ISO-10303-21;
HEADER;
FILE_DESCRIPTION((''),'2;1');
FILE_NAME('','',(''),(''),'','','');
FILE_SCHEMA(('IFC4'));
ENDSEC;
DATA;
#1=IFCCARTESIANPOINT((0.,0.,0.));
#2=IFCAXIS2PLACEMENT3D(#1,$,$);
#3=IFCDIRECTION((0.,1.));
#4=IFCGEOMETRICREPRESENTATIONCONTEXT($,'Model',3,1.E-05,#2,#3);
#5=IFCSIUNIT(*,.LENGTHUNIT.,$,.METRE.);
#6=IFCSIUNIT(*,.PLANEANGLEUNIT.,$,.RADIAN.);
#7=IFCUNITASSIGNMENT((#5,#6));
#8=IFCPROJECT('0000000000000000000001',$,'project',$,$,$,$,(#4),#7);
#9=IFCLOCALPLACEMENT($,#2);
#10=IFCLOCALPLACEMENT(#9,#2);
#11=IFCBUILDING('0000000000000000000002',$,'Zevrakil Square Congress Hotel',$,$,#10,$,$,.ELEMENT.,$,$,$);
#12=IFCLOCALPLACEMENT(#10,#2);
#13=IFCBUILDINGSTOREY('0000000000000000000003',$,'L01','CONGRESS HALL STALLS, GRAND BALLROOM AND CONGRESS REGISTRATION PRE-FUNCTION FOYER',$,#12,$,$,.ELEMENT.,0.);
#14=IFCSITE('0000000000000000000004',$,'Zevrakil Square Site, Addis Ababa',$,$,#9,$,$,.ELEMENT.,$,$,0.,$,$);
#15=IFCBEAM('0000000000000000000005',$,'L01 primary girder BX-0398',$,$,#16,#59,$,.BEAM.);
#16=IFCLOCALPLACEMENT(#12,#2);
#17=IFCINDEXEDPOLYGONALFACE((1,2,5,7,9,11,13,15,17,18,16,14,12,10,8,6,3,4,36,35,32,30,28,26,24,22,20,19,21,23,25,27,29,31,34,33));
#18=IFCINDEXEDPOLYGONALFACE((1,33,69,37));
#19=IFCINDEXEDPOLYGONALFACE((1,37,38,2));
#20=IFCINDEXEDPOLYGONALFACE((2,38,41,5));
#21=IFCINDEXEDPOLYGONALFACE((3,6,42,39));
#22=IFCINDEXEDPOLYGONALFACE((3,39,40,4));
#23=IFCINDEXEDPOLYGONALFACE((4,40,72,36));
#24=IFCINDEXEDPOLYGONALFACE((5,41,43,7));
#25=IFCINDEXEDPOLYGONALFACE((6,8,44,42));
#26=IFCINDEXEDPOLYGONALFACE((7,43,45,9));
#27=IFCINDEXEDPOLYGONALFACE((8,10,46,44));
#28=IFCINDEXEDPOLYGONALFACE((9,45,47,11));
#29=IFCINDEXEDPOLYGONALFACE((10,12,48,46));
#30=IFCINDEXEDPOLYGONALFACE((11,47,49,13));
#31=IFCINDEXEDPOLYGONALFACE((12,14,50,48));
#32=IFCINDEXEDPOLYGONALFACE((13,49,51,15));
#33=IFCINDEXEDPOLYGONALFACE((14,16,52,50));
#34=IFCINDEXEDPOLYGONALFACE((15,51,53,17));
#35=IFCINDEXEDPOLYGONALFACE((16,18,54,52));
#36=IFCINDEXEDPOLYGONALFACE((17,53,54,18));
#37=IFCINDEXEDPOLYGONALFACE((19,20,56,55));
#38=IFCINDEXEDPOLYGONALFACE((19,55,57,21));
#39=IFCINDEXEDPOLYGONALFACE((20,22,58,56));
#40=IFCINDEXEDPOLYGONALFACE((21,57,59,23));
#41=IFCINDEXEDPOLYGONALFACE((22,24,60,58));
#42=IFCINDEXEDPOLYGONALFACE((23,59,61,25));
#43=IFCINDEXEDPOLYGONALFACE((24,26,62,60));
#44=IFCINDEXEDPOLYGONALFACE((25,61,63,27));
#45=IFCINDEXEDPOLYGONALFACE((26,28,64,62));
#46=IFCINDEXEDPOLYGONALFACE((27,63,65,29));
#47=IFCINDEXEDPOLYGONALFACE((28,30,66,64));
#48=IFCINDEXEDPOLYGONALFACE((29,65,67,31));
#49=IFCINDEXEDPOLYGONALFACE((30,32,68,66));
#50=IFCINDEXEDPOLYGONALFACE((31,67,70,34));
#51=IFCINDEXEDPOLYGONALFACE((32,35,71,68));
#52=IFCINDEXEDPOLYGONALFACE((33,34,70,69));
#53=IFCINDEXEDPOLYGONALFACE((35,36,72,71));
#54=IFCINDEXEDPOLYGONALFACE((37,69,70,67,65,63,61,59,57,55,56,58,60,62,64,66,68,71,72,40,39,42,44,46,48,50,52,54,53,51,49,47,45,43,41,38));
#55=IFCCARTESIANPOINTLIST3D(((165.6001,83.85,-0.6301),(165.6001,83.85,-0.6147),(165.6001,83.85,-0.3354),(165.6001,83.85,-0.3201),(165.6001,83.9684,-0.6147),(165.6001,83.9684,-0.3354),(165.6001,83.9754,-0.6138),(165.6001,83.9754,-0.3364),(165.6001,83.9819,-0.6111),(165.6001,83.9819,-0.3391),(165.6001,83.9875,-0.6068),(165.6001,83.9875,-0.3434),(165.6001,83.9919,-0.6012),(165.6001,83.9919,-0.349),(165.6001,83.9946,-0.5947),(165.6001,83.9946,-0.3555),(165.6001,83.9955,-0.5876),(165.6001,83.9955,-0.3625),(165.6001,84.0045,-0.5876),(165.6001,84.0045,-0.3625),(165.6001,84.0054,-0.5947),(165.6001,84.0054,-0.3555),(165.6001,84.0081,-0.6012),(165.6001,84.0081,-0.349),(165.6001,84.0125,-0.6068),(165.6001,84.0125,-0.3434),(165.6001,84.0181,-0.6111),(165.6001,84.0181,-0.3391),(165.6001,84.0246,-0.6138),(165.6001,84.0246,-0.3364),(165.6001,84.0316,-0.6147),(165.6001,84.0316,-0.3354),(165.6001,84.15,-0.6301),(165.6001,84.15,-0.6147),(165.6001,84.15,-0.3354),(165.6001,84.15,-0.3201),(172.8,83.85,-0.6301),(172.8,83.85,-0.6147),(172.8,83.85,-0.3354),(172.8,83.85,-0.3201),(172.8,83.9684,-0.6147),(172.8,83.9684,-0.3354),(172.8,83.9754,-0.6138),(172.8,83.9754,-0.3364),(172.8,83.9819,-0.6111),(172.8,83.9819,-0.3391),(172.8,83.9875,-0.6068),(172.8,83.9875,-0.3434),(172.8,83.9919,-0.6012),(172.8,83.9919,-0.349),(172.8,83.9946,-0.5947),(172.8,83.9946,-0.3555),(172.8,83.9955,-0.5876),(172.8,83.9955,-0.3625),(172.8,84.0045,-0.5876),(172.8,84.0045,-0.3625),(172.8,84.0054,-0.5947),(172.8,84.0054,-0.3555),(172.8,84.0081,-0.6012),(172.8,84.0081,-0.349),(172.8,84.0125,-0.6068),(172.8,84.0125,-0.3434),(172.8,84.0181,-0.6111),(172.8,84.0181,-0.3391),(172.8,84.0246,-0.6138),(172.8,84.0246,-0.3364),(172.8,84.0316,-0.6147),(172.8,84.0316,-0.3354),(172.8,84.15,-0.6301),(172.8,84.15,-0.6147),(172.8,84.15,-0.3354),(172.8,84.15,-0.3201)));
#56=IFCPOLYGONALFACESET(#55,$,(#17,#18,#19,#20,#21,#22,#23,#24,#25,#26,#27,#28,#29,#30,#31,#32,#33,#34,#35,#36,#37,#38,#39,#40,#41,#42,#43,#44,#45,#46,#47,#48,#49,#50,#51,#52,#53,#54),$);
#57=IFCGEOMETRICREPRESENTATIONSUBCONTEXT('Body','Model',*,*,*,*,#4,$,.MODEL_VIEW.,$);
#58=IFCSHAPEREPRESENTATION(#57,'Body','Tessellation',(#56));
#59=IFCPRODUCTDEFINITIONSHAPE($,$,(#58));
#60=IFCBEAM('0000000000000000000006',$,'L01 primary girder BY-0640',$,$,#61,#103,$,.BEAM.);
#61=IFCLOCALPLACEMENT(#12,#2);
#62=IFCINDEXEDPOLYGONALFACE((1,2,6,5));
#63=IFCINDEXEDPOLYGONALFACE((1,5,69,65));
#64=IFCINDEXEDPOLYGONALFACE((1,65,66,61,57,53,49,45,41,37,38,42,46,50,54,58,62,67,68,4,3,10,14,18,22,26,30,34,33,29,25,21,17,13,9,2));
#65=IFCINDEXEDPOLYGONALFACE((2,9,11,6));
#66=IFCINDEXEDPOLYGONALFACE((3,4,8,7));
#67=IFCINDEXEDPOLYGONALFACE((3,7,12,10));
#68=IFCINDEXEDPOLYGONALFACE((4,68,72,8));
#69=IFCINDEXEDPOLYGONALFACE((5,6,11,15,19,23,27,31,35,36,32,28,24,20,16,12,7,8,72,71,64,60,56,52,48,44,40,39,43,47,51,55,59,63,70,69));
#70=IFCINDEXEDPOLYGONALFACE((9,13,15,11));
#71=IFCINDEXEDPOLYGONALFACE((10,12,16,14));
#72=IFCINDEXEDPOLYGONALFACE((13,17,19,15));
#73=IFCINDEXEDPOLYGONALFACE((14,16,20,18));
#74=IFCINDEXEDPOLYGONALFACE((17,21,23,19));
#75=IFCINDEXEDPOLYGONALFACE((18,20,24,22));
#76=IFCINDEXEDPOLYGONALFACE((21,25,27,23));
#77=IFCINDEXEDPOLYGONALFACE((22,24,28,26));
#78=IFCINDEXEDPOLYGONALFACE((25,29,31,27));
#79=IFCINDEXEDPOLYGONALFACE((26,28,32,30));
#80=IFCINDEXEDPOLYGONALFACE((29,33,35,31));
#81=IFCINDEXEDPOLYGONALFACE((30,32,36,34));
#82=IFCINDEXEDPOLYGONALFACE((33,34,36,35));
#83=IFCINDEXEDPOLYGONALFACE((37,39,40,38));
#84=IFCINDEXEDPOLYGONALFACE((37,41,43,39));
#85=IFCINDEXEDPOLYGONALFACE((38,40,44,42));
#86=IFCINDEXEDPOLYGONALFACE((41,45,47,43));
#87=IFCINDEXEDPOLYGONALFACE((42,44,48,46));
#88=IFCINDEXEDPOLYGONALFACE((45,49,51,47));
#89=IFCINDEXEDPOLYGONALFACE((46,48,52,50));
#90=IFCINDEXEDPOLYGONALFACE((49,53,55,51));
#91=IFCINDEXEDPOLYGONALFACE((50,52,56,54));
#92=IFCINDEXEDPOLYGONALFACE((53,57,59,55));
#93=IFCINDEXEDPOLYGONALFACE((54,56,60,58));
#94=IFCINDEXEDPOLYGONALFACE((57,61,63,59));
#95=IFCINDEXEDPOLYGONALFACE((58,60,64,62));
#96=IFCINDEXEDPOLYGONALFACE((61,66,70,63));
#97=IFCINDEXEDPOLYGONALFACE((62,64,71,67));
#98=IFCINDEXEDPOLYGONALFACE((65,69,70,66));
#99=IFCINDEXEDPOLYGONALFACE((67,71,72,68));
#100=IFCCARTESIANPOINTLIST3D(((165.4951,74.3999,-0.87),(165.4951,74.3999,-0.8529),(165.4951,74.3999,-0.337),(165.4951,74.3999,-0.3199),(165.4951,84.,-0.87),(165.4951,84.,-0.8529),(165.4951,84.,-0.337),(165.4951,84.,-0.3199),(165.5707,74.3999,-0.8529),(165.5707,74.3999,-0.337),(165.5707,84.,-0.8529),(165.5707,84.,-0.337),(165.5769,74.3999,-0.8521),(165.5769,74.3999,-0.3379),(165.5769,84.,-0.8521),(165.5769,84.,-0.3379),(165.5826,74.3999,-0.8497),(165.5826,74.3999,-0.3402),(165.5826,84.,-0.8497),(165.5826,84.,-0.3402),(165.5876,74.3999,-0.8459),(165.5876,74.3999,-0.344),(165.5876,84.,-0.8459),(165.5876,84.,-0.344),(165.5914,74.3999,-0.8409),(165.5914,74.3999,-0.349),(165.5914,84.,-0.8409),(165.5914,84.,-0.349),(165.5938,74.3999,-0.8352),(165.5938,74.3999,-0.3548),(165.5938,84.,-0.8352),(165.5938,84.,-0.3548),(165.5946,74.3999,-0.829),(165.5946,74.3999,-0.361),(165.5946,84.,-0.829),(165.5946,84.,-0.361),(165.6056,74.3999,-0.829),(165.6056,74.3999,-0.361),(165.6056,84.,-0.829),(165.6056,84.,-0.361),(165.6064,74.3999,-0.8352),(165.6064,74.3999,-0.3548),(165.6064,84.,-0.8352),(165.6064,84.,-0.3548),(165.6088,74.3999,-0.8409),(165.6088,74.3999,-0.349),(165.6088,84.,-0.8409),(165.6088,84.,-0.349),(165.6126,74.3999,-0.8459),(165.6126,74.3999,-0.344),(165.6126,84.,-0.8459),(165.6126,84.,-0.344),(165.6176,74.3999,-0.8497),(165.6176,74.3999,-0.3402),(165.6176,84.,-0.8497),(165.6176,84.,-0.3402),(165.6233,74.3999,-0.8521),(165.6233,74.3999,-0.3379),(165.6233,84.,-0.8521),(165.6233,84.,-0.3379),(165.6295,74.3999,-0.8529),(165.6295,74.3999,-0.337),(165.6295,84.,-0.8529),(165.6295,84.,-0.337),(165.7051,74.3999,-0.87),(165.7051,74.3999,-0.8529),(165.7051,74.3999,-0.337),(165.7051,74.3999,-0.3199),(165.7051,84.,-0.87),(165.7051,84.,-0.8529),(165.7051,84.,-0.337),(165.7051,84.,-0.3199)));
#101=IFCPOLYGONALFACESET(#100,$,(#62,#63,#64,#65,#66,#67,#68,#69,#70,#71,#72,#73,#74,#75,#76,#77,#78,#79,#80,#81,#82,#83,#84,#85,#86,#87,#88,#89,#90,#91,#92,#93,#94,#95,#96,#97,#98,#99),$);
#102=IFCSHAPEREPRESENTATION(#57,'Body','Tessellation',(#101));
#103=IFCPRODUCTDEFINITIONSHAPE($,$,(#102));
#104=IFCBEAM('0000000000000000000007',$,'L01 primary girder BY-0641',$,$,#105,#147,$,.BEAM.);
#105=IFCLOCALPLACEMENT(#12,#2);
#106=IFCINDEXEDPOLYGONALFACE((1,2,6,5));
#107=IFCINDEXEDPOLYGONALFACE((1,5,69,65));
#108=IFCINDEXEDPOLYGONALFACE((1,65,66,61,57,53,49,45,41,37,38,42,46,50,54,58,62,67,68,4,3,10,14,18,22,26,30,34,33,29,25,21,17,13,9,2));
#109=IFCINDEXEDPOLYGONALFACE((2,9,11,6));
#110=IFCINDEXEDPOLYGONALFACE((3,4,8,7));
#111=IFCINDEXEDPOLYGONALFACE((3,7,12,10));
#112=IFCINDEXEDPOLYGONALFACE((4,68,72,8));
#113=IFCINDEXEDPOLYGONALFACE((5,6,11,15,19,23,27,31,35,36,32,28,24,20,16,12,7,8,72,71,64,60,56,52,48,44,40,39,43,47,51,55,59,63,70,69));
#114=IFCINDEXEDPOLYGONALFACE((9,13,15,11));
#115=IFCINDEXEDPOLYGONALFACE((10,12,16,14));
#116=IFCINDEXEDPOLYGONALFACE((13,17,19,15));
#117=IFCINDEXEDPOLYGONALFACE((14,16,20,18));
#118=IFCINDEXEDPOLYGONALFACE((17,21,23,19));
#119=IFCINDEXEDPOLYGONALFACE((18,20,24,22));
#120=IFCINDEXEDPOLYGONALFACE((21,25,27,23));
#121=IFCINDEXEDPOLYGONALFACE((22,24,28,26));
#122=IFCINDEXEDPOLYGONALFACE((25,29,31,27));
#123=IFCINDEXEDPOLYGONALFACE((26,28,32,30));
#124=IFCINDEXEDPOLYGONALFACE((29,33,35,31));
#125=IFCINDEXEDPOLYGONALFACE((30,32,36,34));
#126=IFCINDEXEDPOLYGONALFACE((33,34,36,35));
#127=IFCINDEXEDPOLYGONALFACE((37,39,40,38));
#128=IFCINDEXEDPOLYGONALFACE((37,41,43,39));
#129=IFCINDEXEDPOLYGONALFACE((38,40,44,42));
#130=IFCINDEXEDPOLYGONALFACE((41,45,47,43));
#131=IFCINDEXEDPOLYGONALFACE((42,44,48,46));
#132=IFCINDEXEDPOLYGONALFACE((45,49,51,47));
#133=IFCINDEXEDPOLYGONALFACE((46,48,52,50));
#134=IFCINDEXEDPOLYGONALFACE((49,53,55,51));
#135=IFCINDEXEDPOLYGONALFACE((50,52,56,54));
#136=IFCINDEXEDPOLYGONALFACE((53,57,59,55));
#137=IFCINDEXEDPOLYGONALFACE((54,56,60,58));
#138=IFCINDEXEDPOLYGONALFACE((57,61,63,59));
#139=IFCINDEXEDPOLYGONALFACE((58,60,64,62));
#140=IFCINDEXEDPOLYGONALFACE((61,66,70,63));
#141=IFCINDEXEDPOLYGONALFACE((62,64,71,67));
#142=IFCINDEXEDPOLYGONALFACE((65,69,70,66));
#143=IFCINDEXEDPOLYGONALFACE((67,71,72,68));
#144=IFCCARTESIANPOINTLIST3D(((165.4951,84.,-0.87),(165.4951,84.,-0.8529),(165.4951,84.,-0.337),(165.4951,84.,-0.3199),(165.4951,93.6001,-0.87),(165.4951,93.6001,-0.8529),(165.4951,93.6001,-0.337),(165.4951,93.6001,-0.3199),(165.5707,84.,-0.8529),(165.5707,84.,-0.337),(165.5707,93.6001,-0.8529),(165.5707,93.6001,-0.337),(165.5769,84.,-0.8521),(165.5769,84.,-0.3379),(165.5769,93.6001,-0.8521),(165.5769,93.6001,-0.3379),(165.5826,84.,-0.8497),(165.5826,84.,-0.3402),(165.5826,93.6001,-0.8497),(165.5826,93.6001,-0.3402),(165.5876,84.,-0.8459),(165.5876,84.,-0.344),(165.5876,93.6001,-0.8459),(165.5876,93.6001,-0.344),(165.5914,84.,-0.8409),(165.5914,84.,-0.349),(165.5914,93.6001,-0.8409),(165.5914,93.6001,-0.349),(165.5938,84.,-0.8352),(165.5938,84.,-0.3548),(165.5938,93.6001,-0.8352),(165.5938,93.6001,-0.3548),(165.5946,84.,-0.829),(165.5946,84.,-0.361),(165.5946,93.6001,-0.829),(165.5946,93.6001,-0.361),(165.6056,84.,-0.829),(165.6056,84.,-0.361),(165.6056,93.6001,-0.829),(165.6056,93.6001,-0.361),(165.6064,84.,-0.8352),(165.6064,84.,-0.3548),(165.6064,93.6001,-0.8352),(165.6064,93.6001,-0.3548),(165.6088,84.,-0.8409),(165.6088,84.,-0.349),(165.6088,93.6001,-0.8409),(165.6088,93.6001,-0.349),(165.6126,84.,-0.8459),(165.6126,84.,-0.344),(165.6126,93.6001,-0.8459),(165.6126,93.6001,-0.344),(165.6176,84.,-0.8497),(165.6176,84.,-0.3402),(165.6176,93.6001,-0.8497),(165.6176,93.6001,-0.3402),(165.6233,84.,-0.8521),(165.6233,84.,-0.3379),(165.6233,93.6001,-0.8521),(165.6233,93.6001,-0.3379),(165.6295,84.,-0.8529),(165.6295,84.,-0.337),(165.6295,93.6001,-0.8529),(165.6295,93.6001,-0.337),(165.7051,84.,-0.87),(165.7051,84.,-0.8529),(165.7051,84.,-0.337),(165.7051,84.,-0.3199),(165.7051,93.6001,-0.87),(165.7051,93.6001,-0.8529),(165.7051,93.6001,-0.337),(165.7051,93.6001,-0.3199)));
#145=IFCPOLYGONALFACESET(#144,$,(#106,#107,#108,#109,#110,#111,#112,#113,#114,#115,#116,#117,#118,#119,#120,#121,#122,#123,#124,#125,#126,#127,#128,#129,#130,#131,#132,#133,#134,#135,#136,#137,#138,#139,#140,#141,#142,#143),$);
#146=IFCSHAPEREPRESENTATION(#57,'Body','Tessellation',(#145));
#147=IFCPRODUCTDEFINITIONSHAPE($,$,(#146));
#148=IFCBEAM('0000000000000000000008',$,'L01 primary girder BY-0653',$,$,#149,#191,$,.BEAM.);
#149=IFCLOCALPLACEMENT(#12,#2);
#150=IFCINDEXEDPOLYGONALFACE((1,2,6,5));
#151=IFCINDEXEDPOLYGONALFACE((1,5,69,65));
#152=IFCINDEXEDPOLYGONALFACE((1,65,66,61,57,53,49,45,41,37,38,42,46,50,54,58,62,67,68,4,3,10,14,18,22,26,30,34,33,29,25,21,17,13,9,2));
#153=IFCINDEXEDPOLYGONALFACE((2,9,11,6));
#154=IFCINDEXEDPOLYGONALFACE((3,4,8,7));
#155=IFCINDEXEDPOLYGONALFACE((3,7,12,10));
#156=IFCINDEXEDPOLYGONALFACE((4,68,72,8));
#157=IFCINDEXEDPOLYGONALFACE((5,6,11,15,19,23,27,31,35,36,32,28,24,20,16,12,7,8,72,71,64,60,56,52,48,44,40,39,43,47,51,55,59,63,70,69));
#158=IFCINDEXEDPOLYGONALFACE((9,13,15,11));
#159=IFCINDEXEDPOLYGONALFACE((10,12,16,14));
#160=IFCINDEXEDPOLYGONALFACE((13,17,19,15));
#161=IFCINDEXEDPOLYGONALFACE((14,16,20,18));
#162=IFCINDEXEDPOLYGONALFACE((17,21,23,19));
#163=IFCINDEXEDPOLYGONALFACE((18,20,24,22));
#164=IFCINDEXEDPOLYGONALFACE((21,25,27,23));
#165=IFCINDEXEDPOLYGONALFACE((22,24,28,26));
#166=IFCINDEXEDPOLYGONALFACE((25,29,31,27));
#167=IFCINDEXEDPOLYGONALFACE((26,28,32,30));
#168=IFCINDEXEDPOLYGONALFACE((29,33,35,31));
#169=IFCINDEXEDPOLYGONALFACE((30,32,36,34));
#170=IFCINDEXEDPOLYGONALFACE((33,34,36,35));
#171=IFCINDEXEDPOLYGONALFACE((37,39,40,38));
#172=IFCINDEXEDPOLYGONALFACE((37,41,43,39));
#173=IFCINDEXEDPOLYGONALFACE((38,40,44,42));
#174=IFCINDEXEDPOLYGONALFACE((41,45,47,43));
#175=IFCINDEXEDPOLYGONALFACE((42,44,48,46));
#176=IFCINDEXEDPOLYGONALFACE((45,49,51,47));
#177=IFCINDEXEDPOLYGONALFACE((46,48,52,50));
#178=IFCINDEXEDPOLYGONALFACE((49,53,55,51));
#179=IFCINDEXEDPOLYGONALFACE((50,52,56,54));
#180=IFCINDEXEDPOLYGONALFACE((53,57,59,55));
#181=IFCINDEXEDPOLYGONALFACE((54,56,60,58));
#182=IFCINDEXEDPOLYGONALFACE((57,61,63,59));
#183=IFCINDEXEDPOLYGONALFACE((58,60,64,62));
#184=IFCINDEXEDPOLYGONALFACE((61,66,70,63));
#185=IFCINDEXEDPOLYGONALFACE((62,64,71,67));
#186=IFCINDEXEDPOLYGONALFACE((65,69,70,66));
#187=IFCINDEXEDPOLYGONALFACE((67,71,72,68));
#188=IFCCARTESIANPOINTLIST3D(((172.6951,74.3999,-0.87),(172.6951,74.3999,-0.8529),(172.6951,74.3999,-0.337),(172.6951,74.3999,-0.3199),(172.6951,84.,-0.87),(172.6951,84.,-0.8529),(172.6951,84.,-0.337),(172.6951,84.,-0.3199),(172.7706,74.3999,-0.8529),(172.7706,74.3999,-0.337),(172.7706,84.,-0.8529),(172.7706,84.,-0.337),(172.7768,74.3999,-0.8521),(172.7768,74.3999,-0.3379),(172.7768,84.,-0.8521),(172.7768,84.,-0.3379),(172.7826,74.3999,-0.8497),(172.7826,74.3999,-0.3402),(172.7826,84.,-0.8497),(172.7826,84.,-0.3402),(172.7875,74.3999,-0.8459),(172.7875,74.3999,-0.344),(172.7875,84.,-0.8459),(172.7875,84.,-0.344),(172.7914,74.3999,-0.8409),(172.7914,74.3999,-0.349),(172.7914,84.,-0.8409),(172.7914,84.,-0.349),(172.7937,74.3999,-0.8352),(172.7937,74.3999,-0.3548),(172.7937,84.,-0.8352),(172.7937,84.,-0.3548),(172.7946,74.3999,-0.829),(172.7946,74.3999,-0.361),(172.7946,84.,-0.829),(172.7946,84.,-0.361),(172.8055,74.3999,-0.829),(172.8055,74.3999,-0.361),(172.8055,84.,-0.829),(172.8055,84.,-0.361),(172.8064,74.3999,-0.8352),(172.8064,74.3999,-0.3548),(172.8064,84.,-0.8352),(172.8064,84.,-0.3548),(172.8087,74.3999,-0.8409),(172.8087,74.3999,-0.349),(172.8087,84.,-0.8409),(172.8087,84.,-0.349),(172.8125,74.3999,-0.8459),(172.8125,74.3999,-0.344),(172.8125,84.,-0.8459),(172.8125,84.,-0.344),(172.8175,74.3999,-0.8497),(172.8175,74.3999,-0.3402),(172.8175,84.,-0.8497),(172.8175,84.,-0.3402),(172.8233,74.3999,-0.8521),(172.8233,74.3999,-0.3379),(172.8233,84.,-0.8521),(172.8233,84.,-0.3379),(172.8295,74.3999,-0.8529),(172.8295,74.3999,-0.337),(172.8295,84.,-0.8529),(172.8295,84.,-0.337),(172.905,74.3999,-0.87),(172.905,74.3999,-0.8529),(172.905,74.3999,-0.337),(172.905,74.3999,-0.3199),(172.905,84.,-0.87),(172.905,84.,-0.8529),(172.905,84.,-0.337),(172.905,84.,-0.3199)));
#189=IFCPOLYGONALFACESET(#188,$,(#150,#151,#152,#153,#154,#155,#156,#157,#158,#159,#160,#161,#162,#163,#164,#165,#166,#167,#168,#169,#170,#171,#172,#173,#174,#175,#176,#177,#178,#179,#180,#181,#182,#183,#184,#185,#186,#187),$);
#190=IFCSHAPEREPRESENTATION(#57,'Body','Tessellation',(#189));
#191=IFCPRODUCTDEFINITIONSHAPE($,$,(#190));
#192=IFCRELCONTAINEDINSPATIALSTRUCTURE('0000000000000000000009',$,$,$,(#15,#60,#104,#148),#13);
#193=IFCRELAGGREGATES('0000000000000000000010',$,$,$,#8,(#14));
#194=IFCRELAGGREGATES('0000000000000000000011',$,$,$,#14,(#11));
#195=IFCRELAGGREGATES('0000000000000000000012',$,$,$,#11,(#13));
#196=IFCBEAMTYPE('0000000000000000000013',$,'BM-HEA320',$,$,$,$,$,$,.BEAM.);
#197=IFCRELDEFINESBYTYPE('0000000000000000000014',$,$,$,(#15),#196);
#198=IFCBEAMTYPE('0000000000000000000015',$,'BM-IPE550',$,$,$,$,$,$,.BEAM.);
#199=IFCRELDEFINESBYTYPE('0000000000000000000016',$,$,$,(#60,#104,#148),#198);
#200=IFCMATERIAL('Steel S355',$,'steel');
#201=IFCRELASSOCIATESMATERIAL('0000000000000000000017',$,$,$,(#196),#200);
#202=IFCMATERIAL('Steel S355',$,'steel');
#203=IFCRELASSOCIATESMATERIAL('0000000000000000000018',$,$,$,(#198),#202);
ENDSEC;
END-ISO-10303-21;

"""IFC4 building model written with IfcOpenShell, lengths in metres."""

from ifc_helpers import new_model, si_unit, direction, frame, origin, origin_2d, place, context, subcontext, project, spatial, i_section, extrude, material, material_profile, profile_set, type_object, element, save


model = new_model("IFC4")

# Units and contexts
model_context = context("Model", 3, precision=1e-05, world=origin(), true_north=direction((0.0, 1.0)))
body_context = subcontext(model_context, "Body", "Model", "MODEL_VIEW")
ifc_project = project(units=[si_unit("LENGTHUNIT", "METRE"), si_unit("PLANEANGLEUNIT", "RADIAN")], contexts=[model_context])

# Site, building, storey
site_placement = place(None, origin())
site = spatial("IfcSite", under=ifc_project, at=site_placement, Name="Zevrakil Square Site, Addis Ababa", CompositionType="ELEMENT", RefElevation=0.0)
building_placement = place(site_placement, origin())
building = spatial("IfcBuilding", under=site, at=building_placement, Name="Zevrakil Square Congress Hotel", CompositionType="ELEMENT")
storey_placement = place(building_placement, origin())
storey = spatial("IfcBuildingStorey", under=building, at=storey_placement, Name="L01", Description="CONGRESS HALL STALLS, GRAND BALLROOM AND CONGRESS REGISTRATION PRE-FUNCTION FOYER", CompositionType="ELEMENT", Elevation=0.0)

# Beams
ifc_material_1 = material(Name="Steel S355", Category="steel")
ifc_material_profile_1 = material_profile(ifc_material_1, i_section(OverallWidth=0.3, OverallDepth=0.3101, WebThickness=0.009, FlangeThickness=0.0154, FilletRadius=0.0271, at=origin_2d()), Name="HEA 320")
ifc_profile_set_1 = profile_set([ifc_material_profile_1], Name="Steel S355")
beam_type_1 = type_object("IfcBeamType", Name="BM-HEA320", PredefinedType="BEAM", material=ifc_profile_set_1)
beam_placement = place(storey_placement, frame((165.6001, 84.0, -0.4751), z_axis=(1.0, 0.0, 0.0), x_axis=(0.0, 1.0, 0.0)))
element("IfcBeam", 1, at=beam_placement, inside=storey, type_object=beam_type_1, Name="L01 primary girder BX-0398", PredefinedType="BEAM", context=body_context, shape_type="SweptSolid", body=[
    extrude(i_section(OverallWidth=0.3, OverallDepth=0.3101, WebThickness=0.009, FlangeThickness=0.0154, FilletRadius=0.0271, at=origin_2d()), origin(), (0.0, 0.0, 1.0), 7.2),
])
ifc_material_2 = material(Name="Steel S355", Category="steel")
ifc_material_profile_2 = material_profile(ifc_material_2, i_section(OverallWidth=0.21, OverallDepth=0.55, WebThickness=0.011, FlangeThickness=0.0171, FilletRadius=0.0239, at=origin_2d()), Name="IPE 550")
ifc_profile_set_2 = profile_set([ifc_material_profile_2], Name="Steel S355")
beam_type_2 = type_object("IfcBeamType", Name="BM-IPE550", PredefinedType="BEAM", material=ifc_profile_set_2)
for number, where, z_axis, x_axis, name in (
    (2, (165.6001, 74.3999, -0.595), (0.0, 1.0, 0.0), (-1.0, 0.0, 0.0), "L01 primary girder BY-0640"),
    (3, (165.6001, 84.0, -0.595), (0.0, 1.0, 0.0), (-1.0, 0.0, 0.0), "L01 primary girder BY-0641"),
    (4, (172.8, 74.3999, -0.595), (0.0, 1.0, 0.0), (-1.0, 0.0, 0.0), "L01 primary girder BY-0653"),
):
    element("IfcBeam", number, at=place(storey_placement, frame(where, z_axis=z_axis, x_axis=x_axis)), inside=storey, type_object=beam_type_2, Name=name, PredefinedType="BEAM", context=body_context, shape_type="SweptSolid", body=[
        extrude(i_section(OverallWidth=0.21, OverallDepth=0.55, WebThickness=0.011, FlangeThickness=0.0171, FilletRadius=0.0239, at=origin_2d()), origin(), (0.0, 0.0, 1.0), 9.6001),
    ])

save(model, "model.ifc")
